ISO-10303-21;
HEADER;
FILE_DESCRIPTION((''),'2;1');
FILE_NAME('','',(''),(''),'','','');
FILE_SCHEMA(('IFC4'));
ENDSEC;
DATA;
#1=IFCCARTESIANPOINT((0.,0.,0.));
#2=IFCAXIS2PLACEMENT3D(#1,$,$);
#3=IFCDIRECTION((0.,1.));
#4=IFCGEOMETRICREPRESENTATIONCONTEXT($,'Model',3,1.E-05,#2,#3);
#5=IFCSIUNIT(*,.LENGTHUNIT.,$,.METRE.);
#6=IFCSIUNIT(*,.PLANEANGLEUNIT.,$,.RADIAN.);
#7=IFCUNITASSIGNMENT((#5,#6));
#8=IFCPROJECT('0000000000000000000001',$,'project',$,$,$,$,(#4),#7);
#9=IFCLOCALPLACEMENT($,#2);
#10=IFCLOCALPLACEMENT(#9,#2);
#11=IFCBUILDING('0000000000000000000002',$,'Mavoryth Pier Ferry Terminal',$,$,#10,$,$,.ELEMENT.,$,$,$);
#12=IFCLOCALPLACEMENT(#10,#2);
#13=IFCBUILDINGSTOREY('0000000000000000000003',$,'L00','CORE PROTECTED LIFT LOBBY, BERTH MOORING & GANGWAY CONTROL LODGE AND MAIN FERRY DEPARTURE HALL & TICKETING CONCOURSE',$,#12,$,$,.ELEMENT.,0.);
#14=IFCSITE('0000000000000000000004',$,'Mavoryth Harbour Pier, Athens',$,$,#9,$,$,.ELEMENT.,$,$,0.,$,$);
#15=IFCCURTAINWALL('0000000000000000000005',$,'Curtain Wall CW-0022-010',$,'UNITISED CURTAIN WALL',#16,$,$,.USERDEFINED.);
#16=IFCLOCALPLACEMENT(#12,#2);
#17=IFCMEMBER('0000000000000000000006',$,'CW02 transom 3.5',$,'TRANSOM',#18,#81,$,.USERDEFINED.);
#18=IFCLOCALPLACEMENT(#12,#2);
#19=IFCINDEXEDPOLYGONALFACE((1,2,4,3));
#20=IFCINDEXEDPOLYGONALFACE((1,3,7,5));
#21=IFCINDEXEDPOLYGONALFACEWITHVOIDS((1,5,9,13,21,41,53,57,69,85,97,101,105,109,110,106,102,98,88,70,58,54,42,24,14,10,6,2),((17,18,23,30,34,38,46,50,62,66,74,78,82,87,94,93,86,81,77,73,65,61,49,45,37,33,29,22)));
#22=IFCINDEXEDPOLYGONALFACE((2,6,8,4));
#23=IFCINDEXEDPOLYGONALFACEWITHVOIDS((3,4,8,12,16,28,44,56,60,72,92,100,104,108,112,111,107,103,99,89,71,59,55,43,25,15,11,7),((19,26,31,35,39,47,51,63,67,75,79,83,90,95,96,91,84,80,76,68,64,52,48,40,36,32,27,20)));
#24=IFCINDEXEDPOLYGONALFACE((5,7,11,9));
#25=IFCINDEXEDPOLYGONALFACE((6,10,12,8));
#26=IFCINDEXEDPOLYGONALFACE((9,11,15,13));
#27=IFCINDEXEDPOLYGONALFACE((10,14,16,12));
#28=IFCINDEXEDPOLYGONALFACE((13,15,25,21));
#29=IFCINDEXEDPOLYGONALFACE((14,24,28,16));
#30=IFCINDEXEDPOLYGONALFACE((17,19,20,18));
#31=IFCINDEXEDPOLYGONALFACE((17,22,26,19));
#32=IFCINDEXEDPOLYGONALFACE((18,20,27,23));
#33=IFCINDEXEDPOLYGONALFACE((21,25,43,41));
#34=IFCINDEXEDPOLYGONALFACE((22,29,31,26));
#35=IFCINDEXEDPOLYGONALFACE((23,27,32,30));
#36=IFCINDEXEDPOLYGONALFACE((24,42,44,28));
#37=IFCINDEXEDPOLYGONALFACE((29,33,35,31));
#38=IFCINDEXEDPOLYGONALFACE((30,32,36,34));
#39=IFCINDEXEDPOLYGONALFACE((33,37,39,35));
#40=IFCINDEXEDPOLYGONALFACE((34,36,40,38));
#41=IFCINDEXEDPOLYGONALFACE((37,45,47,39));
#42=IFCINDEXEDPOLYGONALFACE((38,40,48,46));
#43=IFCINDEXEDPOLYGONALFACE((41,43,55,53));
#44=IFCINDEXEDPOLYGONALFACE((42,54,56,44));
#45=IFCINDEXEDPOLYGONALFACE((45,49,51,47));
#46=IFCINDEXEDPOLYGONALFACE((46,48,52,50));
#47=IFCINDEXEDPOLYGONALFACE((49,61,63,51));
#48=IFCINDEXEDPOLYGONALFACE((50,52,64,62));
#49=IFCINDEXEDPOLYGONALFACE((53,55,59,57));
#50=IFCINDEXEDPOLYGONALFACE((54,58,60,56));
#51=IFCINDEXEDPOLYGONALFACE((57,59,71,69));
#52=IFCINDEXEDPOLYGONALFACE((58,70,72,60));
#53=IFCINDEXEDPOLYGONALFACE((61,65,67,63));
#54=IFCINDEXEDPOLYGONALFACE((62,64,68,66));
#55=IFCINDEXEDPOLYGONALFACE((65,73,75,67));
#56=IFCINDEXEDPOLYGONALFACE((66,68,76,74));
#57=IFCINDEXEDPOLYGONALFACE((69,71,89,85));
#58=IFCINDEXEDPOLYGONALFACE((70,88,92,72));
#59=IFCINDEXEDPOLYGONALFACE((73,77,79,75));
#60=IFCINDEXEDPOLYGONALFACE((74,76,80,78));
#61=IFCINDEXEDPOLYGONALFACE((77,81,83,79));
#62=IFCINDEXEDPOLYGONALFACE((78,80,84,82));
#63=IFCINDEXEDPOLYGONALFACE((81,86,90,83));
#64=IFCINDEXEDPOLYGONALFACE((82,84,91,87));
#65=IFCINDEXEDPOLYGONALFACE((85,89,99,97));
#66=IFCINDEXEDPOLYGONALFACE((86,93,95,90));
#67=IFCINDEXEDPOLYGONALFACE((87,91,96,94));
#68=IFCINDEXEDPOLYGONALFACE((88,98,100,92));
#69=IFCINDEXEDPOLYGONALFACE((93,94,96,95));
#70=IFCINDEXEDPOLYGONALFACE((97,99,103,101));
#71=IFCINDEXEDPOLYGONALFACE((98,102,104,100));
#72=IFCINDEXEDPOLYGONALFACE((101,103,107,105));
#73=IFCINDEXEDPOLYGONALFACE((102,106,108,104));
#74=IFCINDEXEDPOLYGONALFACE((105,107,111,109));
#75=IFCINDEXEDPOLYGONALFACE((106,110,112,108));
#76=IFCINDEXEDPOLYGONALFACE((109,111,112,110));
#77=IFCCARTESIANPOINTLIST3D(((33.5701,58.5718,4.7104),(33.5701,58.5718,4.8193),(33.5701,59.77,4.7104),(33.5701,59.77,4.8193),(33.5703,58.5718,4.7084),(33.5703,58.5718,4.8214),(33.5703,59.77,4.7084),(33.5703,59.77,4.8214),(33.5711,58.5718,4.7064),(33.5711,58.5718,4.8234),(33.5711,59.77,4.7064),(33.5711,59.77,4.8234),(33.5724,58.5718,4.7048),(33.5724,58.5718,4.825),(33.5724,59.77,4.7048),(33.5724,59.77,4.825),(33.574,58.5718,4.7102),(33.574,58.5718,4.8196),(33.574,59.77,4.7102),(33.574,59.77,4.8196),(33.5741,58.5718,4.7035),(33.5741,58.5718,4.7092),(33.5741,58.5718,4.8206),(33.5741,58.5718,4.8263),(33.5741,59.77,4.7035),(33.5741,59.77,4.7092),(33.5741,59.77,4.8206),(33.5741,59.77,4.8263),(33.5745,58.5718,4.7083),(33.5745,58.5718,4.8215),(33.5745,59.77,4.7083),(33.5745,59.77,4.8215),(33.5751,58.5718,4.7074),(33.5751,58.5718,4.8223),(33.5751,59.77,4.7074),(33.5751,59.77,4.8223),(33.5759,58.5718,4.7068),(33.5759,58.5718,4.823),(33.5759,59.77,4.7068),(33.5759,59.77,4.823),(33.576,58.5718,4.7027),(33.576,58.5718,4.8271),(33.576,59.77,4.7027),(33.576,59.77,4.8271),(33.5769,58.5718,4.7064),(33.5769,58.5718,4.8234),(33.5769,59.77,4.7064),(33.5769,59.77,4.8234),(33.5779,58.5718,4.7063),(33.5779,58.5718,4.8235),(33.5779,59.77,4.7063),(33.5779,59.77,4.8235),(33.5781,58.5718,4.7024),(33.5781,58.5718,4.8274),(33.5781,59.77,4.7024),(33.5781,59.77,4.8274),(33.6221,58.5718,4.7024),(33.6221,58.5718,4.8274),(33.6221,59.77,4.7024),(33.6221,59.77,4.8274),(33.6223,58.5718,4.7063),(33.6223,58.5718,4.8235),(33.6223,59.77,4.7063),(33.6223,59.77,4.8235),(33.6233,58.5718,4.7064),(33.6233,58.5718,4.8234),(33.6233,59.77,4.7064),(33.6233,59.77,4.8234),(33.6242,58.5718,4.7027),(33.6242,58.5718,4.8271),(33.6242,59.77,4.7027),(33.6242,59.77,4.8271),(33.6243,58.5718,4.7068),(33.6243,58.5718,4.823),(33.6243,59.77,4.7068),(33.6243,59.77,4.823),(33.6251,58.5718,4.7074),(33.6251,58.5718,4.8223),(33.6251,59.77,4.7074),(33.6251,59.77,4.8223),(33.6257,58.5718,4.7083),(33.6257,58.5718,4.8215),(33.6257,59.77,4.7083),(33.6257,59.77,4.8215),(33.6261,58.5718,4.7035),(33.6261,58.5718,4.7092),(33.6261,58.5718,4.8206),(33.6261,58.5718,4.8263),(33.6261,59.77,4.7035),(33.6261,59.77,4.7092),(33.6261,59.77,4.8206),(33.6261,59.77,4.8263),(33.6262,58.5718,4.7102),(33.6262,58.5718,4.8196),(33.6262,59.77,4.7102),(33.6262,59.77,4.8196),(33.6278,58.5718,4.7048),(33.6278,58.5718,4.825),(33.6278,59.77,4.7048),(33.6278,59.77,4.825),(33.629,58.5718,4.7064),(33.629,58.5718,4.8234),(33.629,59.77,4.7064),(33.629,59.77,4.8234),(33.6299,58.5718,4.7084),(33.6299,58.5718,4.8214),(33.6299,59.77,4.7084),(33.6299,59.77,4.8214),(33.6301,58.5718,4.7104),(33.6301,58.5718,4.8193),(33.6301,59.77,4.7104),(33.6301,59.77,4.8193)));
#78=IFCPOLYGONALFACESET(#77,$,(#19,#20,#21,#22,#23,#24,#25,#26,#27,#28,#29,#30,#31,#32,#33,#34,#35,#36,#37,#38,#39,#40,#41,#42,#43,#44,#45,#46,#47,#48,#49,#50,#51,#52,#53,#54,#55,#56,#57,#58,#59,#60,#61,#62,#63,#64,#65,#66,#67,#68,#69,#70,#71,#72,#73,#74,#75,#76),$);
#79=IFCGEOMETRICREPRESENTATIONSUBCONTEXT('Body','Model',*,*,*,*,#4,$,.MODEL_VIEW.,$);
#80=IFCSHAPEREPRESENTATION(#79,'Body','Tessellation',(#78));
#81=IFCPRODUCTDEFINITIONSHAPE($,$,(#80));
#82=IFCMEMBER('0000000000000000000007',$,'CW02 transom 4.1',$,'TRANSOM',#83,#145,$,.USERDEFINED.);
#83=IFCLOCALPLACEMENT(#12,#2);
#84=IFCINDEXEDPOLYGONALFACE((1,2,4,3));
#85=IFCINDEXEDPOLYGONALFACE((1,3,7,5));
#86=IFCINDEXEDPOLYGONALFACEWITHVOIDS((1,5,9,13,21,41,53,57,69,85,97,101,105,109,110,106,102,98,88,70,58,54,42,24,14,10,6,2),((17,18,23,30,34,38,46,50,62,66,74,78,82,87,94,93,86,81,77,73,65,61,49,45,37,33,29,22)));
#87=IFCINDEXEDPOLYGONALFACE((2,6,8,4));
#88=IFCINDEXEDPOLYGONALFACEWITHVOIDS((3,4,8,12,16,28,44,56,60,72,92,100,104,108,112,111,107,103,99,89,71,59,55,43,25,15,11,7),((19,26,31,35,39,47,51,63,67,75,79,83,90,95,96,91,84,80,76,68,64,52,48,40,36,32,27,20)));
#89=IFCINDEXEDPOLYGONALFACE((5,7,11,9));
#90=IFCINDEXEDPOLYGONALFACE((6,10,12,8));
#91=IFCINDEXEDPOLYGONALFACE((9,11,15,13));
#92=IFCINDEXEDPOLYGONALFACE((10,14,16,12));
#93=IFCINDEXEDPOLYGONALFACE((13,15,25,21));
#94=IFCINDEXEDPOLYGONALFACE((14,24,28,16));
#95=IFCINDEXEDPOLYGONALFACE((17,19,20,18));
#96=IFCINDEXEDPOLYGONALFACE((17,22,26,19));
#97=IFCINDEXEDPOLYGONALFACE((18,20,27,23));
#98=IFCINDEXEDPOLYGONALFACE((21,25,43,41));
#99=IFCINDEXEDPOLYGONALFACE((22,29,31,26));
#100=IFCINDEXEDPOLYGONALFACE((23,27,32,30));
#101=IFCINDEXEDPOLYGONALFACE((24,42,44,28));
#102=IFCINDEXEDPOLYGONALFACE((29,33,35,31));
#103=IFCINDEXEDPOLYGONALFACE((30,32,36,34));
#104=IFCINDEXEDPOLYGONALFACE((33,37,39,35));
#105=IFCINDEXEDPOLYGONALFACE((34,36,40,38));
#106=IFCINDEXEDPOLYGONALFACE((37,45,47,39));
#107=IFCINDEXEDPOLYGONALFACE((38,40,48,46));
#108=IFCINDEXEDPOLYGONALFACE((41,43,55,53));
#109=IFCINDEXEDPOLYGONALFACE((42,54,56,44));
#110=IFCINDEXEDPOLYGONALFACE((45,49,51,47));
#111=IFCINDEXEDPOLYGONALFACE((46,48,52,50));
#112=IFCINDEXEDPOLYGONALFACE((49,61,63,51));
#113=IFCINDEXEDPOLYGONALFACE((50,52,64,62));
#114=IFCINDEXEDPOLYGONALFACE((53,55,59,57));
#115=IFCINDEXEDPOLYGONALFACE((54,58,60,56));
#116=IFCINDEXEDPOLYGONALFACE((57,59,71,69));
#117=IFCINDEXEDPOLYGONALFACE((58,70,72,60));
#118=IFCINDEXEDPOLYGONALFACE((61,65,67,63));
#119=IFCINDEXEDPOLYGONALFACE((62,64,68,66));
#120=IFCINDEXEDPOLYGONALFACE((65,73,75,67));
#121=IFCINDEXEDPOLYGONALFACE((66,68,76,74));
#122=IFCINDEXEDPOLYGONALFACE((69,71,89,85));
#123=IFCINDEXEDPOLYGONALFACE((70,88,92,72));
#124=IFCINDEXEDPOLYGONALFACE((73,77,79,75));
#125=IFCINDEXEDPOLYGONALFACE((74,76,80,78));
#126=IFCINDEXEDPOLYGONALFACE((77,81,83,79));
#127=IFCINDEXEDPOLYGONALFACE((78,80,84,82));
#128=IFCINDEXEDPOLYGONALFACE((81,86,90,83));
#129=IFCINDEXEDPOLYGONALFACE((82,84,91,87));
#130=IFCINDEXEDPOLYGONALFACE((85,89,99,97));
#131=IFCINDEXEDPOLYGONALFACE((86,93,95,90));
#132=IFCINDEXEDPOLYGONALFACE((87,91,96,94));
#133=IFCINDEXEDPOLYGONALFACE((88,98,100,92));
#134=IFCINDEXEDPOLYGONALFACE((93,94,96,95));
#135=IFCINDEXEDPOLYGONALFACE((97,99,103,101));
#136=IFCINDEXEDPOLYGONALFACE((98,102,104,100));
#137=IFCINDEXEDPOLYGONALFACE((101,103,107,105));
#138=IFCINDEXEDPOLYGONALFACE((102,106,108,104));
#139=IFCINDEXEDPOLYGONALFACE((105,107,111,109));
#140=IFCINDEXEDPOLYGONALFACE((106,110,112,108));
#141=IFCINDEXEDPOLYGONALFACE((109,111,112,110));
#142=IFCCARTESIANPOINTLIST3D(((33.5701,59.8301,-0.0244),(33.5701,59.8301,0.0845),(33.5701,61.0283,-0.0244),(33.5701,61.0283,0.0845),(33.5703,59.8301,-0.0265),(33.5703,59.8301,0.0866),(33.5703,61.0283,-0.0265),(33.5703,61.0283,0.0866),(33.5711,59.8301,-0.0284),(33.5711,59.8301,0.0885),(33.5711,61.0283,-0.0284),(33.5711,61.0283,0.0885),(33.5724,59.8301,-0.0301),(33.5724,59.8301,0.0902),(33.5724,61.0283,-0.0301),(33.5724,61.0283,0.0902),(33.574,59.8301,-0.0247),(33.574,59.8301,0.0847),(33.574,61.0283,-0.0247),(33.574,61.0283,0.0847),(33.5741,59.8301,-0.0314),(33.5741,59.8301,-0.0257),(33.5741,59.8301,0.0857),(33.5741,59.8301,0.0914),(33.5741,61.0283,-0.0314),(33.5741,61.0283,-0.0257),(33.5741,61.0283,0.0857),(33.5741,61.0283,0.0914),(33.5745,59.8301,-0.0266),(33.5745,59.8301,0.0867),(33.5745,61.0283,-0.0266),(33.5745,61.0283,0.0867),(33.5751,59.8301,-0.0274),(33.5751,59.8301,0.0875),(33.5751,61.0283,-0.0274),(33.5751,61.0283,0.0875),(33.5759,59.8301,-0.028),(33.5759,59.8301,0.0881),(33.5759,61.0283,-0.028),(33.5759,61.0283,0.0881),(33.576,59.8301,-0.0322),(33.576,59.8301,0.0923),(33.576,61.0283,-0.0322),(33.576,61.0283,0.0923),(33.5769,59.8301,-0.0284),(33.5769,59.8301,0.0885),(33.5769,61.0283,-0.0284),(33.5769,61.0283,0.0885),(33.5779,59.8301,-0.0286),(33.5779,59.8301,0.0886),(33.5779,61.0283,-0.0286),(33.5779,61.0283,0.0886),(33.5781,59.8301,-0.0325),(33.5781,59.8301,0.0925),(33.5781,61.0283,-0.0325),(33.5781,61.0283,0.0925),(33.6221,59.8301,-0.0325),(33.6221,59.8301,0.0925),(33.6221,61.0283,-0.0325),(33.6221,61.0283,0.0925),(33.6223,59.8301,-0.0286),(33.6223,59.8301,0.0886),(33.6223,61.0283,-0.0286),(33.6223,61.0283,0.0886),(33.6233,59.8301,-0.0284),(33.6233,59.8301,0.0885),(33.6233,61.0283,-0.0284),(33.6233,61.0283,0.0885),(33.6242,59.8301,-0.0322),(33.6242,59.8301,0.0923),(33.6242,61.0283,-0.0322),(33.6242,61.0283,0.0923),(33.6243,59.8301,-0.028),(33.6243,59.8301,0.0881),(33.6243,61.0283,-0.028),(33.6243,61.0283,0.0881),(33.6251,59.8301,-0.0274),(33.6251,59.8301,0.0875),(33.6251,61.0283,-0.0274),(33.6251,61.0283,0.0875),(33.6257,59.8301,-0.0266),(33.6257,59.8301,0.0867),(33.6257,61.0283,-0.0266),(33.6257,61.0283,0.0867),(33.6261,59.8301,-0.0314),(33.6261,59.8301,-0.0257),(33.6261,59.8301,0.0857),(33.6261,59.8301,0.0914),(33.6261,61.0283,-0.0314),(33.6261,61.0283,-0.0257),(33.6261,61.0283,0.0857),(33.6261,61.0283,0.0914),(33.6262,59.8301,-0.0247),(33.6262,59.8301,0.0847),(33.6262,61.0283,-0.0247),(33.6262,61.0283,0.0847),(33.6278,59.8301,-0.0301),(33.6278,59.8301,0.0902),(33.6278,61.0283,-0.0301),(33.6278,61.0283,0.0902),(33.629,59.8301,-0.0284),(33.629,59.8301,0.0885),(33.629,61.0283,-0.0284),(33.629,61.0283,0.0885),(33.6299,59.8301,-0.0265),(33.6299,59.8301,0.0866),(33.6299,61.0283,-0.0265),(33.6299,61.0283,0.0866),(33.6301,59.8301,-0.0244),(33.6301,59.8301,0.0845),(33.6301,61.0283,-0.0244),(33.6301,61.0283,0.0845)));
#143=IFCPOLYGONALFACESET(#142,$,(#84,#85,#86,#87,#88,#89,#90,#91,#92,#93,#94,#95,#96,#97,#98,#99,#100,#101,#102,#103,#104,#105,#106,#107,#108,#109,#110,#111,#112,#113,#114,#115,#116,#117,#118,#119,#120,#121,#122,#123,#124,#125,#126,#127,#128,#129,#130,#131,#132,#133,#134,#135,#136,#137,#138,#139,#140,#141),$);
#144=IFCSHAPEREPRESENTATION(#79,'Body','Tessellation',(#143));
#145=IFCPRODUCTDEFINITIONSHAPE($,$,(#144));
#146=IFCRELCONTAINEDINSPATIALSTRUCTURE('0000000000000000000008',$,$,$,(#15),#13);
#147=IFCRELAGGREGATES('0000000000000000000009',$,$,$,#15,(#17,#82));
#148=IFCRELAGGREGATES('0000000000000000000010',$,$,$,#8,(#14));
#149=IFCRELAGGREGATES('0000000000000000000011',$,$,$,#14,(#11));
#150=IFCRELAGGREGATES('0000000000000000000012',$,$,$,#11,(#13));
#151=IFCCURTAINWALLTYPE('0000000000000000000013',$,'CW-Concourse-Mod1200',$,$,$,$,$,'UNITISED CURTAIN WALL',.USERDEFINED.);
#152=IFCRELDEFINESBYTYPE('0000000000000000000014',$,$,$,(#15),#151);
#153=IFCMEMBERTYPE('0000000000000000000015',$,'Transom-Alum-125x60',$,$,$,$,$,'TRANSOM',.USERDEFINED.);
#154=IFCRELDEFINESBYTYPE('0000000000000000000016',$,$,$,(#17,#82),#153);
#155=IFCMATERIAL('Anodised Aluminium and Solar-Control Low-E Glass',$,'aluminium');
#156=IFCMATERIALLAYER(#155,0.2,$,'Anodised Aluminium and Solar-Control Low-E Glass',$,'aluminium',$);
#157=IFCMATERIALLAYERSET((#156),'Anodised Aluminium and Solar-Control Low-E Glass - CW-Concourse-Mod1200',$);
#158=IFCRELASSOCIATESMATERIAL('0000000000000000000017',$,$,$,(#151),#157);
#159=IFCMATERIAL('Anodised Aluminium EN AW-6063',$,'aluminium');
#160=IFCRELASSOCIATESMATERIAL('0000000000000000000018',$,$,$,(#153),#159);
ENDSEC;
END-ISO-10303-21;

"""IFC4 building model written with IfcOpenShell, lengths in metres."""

from ifc_helpers import new_model, si_unit, direction, frame, origin, origin_2d, place, context, subcontext, project, spatial, hollow_rectangle, extrude, material, layer, layer_set, material_profile, profile_set, type_object, element, aggregate, save


model = new_model("IFC4")

# Units and contexts
model_context = context("Model", 3, precision=1e-05, world=origin(), true_north=direction((0.0, 1.0)))
body_context = subcontext(model_context, "Body", "Model", "MODEL_VIEW")
ifc_project = project(units=[si_unit("LENGTHUNIT", "METRE"), si_unit("PLANEANGLEUNIT", "RADIAN")], contexts=[model_context])

# Site, building, storey
site_placement = place(None, origin())
site = spatial("IfcSite", under=ifc_project, at=site_placement, Name="Mavoryth Harbour Pier, Athens", CompositionType="ELEMENT", RefElevation=0.0)
building_placement = place(site_placement, origin())
building = spatial("IfcBuilding", under=site, at=building_placement, Name="Mavoryth Pier Ferry Terminal", CompositionType="ELEMENT")
storey_placement = place(building_placement, origin())
storey = spatial("IfcBuildingStorey", under=building, at=storey_placement, Name="L00", Description="CORE PROTECTED LIFT LOBBY, BERTH MOORING & GANGWAY CONTROL LODGE AND MAIN FERRY DEPARTURE HALL & TICKETING CONCOURSE", CompositionType="ELEMENT", Elevation=0.0)

# Curtain wall, members
ifc_material_1 = material(Name="Anodised Aluminium and Solar-Control Low-E Glass", Category="aluminium")
ifc_layer_1 = layer(ifc_material_1, 0.2, Name="Anodised Aluminium and Solar-Control Low-E Glass", Category="aluminium")
ifc_layer_set_1 = layer_set([ifc_layer_1], Name="Anodised Aluminium and Solar-Control Low-E Glass - CW-Concourse-Mod1200")
curtain_wall_type = type_object("IfcCurtainWallType", Name="CW-Concourse-Mod1200", ElementType="UNITISED CURTAIN WALL", PredefinedType="USERDEFINED", material=ifc_layer_set_1)
curtain_wall_placement = place(storey_placement, origin())
curtain_wall = element("IfcCurtainWall", 1, at=curtain_wall_placement, inside=storey, type_object=curtain_wall_type, Name="Curtain Wall CW-0022-010", ObjectType="UNITISED CURTAIN WALL", PredefinedType="USERDEFINED")
ifc_material_2 = material(Name="Anodised Aluminium EN AW-6063", Category="aluminium")
ifc_material_profile_1 = material_profile(ifc_material_2, hollow_rectangle(XDim=0.0601, YDim=0.125, WallThickness=0.0039, InnerFilletRadius=0.0039, OuterFilletRadius=0.0081, at=origin_2d()), Name="AL-TRAN 125x60x4", Category="aluminium")
ifc_profile_set_1 = profile_set([ifc_material_profile_1], Name="Anodised Aluminium EN AW-6063 - AL-TRAN 125x60x4")
member_type_1 = type_object("IfcMemberType", Name="Transom-Alum-125x60", ElementType="TRANSOM", PredefinedType="USERDEFINED", material=ifc_profile_set_1)
member_1_placement = place(storey_placement, frame((33.6001, 58.5718, 4.7649), z_axis=(0.0, 1.0, 0.0), x_axis=(-1.0, 0.0, 0.0)))
member_1 = element("IfcMember", 2, at=member_1_placement, type_object=member_type_1, Name="CW02 transom 3.5", ObjectType="TRANSOM", PredefinedType="USERDEFINED", context=body_context, shape_type="SweptSolid", body=[
    extrude(hollow_rectangle(XDim=0.0601, YDim=0.125, WallThickness=0.0039, InnerFilletRadius=0.0039, OuterFilletRadius=0.0081, at=origin_2d()), origin(), (0.0, 0.0, 1.0), 1.1982),
])
member_2_placement = place(storey_placement, frame((33.6001, 59.8301, 0.03), z_axis=(0.0, 1.0, 0.0), x_axis=(-1.0, 0.0, 0.0)))
member_2 = element("IfcMember", 3, at=member_2_placement, type_object=member_type_1, Name="CW02 transom 4.1", ObjectType="TRANSOM", PredefinedType="USERDEFINED", context=body_context, shape_type="SweptSolid", body=[
    extrude(hollow_rectangle(XDim=0.0601, YDim=0.125, WallThickness=0.0039, InnerFilletRadius=0.0039, OuterFilletRadius=0.0081, at=origin_2d()), origin(), (0.0, 0.0, 1.0), 1.1982),
])
aggregate(curtain_wall, [member_1, member_2])

save(model, "model.ifc")
